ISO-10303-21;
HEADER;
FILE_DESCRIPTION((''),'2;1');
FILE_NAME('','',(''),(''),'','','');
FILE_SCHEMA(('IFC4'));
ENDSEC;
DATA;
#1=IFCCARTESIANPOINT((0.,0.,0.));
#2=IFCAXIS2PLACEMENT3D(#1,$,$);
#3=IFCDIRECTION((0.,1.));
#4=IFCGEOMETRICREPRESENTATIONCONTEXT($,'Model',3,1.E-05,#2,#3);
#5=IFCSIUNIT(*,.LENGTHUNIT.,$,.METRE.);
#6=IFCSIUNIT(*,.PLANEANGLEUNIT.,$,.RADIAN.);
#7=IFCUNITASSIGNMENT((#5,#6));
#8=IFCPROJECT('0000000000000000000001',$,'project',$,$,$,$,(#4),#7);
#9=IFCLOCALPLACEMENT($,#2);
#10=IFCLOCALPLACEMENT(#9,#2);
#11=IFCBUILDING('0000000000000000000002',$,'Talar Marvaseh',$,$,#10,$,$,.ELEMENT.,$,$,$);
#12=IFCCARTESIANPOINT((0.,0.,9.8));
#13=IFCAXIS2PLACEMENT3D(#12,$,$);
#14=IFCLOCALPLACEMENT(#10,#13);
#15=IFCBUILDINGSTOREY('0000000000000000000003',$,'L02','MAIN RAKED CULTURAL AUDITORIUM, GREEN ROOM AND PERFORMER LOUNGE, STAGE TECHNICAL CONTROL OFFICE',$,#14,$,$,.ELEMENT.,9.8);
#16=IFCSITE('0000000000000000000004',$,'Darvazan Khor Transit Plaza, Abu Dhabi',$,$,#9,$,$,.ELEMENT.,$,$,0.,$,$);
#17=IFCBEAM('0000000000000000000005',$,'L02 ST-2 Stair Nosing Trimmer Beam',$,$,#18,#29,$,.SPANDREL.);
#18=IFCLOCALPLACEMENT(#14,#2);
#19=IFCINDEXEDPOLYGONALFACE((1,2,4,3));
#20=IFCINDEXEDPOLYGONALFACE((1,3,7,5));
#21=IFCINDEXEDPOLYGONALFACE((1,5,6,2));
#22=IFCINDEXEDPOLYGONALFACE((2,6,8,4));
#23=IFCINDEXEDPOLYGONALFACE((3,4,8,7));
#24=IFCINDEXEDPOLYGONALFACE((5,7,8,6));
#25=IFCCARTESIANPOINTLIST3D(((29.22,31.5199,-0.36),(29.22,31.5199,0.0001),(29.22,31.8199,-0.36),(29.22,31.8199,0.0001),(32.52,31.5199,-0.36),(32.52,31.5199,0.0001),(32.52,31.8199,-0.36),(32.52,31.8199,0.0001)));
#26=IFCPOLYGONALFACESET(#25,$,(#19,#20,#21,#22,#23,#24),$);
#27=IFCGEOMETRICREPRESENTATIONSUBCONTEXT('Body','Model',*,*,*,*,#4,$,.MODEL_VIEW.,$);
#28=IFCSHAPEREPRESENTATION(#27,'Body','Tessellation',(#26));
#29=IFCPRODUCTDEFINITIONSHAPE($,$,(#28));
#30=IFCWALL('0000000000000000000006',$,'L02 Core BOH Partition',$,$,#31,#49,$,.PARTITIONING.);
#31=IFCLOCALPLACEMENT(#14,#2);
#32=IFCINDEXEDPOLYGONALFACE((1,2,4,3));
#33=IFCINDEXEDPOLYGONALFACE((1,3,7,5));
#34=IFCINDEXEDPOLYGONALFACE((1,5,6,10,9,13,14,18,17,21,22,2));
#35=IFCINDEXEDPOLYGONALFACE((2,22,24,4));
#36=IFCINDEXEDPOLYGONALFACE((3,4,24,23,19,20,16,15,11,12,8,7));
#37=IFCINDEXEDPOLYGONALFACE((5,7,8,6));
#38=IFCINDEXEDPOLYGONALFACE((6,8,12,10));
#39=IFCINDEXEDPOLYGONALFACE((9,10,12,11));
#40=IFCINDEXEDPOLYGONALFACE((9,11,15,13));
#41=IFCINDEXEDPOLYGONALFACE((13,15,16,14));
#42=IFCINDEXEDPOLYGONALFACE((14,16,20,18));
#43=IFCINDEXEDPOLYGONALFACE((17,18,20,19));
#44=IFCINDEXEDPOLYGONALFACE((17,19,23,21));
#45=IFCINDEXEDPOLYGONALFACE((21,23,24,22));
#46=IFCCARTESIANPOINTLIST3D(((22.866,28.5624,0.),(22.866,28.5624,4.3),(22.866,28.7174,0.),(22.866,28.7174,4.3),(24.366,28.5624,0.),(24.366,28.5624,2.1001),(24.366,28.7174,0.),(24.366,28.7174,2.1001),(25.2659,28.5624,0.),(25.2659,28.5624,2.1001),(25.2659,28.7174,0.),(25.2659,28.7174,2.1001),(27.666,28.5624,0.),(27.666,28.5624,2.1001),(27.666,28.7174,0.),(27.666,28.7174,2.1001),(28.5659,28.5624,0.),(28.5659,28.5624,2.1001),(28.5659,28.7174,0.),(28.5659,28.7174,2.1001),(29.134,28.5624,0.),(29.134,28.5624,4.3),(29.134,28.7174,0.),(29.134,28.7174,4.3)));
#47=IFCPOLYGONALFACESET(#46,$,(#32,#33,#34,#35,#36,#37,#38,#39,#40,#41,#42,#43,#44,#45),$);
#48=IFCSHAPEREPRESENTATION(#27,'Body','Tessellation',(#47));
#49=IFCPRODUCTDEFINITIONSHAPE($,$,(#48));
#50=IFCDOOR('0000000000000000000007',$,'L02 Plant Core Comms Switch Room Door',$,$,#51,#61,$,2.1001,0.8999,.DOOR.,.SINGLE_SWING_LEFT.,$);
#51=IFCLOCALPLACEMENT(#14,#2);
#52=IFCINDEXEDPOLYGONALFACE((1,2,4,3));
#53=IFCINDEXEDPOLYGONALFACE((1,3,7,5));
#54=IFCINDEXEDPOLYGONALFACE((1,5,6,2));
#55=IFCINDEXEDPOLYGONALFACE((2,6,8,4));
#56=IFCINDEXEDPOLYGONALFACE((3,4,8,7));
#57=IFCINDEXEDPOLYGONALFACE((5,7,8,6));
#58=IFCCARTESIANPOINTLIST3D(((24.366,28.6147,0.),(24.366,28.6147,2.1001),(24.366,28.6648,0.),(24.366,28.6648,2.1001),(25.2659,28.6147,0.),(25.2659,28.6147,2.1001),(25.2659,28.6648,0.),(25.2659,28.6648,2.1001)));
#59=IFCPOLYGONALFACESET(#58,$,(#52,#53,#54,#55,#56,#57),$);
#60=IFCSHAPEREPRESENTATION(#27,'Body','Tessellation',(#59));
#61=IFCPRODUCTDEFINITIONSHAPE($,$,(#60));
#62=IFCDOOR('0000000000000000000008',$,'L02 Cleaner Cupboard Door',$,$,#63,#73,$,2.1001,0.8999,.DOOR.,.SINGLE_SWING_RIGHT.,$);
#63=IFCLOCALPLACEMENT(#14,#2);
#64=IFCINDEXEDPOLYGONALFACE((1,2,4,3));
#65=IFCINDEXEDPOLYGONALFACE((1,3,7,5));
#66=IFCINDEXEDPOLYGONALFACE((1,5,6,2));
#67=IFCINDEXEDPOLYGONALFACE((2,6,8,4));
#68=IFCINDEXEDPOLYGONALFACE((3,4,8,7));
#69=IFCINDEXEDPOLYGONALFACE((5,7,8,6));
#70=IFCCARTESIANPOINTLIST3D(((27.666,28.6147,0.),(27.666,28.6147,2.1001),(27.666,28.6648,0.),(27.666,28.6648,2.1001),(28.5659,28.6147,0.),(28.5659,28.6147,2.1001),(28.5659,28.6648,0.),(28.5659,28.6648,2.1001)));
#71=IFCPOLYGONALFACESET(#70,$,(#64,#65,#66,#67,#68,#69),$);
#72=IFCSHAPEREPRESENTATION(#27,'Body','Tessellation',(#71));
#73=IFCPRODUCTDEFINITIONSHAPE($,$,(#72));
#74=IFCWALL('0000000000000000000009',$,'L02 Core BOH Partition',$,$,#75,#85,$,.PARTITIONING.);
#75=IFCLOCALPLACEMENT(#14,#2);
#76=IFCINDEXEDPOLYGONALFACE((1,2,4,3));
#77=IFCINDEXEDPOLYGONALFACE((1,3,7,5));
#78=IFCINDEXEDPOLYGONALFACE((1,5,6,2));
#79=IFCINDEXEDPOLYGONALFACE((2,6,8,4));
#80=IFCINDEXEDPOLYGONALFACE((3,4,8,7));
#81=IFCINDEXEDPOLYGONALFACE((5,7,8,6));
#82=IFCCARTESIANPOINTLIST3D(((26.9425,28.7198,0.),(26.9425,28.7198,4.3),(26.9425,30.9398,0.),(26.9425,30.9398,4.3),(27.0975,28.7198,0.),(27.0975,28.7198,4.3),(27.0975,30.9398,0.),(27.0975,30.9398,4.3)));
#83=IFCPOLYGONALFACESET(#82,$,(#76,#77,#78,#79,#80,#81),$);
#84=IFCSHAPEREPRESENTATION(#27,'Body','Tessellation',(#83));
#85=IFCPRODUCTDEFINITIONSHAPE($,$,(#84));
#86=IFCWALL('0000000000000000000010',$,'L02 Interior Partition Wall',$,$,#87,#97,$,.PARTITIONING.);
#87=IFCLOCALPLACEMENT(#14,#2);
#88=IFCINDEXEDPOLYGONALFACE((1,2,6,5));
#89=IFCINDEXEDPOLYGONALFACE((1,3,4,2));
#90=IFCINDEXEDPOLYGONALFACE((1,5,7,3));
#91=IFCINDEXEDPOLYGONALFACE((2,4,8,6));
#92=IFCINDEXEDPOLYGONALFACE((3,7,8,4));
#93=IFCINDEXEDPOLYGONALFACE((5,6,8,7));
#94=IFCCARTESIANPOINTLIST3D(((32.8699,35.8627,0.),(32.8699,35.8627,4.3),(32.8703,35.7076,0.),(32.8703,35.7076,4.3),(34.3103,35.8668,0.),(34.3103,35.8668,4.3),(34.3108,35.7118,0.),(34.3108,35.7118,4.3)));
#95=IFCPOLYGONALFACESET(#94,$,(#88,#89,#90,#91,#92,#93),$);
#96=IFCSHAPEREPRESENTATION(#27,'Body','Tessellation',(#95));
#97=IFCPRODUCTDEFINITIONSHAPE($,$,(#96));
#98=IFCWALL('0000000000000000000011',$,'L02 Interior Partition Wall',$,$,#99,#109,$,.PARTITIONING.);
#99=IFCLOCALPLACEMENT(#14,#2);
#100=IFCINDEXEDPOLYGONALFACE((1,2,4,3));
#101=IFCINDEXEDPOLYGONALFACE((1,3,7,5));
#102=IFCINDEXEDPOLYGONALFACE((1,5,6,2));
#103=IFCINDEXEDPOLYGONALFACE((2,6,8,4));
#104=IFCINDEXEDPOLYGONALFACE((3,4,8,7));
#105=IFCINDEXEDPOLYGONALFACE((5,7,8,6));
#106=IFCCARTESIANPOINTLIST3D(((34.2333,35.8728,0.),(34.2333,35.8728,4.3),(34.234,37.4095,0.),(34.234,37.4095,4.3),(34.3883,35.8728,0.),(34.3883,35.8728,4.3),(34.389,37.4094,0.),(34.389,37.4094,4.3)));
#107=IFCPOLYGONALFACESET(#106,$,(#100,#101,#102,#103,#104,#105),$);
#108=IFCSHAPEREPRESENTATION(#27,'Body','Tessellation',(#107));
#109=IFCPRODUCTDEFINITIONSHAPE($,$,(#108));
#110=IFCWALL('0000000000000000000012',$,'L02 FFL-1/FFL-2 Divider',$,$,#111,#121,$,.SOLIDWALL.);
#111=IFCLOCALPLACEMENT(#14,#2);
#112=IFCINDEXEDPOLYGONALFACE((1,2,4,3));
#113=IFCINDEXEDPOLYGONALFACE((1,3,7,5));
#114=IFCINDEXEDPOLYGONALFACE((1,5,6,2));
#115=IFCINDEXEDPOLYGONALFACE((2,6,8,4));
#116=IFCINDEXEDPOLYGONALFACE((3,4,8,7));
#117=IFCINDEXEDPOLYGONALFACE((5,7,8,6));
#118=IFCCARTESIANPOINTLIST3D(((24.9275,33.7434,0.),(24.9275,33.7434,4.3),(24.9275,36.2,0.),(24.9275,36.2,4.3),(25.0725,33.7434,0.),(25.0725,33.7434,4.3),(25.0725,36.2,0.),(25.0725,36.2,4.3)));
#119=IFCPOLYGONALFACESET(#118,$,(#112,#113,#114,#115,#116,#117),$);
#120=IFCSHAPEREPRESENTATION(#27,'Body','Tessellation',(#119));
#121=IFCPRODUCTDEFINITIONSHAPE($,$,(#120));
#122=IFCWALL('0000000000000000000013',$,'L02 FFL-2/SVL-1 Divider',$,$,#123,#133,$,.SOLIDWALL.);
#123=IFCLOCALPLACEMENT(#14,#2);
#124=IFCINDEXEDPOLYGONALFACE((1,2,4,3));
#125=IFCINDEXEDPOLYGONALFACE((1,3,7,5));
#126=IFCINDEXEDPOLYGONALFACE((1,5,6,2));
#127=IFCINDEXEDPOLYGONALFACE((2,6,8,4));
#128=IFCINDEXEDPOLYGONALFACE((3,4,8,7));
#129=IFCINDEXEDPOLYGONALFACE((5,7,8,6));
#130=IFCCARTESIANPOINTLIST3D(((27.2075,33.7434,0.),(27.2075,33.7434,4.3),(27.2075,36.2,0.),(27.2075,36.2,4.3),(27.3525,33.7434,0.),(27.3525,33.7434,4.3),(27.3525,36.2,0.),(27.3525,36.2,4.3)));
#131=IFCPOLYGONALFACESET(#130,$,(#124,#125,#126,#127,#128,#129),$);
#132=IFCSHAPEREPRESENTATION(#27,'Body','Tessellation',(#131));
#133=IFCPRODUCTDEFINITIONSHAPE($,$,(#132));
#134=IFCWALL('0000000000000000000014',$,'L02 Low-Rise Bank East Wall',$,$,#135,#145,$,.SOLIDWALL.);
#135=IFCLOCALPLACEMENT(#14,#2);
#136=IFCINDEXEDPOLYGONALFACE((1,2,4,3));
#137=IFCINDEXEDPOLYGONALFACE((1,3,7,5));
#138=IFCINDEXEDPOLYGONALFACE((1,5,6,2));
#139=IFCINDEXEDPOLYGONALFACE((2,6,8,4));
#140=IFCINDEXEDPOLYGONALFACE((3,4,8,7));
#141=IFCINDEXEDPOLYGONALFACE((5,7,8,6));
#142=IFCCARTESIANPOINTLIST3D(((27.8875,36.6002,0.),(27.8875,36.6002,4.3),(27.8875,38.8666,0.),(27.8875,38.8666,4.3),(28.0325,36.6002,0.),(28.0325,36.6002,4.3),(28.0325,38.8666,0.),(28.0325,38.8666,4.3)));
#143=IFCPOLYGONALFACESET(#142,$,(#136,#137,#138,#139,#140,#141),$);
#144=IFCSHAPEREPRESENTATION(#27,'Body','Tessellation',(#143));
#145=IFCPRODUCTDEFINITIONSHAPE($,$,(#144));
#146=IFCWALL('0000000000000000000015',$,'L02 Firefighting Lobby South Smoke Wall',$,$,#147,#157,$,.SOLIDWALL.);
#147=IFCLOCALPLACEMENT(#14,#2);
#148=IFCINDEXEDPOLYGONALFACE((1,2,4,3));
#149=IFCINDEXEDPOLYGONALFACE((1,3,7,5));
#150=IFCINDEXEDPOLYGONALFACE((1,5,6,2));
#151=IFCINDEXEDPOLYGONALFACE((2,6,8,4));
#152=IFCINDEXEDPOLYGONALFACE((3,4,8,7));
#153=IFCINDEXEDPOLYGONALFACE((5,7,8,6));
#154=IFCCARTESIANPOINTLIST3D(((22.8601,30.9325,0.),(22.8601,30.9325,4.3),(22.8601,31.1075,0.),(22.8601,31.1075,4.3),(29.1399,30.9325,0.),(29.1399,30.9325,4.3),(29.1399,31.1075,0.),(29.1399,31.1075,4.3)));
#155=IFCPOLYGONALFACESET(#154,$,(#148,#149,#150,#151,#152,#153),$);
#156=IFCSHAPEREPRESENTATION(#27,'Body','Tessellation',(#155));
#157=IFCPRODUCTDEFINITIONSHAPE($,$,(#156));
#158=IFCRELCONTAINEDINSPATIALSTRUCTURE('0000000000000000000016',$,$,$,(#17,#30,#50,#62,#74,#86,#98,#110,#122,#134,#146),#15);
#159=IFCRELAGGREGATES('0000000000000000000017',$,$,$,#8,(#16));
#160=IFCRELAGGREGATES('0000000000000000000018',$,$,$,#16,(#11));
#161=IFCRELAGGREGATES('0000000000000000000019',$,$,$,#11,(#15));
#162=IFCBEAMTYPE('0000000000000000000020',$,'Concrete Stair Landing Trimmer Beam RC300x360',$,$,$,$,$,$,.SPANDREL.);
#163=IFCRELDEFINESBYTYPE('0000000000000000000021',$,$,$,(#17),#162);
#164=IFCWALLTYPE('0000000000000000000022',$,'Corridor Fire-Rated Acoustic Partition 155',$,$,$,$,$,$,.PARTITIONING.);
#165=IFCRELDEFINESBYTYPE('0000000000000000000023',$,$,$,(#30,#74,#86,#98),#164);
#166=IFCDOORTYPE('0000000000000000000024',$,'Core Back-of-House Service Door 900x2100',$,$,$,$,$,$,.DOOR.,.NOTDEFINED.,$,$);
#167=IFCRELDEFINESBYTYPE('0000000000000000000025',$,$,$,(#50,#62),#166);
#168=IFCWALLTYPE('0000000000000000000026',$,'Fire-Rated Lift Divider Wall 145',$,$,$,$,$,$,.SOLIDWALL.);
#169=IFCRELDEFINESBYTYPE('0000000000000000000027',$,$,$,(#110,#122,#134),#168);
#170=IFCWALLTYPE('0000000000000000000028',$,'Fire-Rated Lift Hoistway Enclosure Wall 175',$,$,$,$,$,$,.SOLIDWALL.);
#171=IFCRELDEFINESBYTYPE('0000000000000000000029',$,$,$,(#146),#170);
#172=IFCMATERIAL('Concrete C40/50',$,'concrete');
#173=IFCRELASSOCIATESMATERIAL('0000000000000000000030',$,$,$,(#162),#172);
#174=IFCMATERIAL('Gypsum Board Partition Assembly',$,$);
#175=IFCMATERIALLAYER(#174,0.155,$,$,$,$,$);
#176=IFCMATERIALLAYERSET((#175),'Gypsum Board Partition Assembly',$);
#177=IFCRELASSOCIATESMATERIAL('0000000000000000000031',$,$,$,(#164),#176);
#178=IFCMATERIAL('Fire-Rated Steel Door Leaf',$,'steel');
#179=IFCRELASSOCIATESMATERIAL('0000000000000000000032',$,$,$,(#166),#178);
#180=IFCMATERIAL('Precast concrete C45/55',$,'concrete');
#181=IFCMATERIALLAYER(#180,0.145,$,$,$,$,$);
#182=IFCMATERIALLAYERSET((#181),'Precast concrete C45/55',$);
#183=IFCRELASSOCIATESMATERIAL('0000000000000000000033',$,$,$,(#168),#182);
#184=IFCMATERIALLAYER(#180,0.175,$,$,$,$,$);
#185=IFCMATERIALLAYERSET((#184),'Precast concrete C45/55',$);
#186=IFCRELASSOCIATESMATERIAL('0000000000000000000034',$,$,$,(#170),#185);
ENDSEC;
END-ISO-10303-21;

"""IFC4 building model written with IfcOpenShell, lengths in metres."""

from ifc_helpers import new_model, si_unit, direction, frame, frame_2d, origin, origin_2d, place, context, subcontext, project, spatial, rectangle, extrude, source, transform, mapped, material, layer, layer_set, material_profile, profile_set, type_object, type_shapes, element, fill, save


model = new_model("IFC4")

# Units and contexts
model_context = context("Model", 3, precision=1e-05, world=origin(), true_north=direction((0.0, 1.0)))
body_context = subcontext(model_context, "Body", "Model", "MODEL_VIEW")
ifc_project = project(units=[si_unit("LENGTHUNIT", "METRE"), si_unit("PLANEANGLEUNIT", "RADIAN")], contexts=[model_context])

# Site, building, storey
site_placement = place(None, origin())
site = spatial("IfcSite", under=ifc_project, at=site_placement, Name="Darvazan Khor Transit Plaza, Abu Dhabi", CompositionType="ELEMENT", RefElevation=0.0)
building_placement = place(site_placement, origin())
building = spatial("IfcBuilding", under=site, at=building_placement, Name="Talar Marvaseh", CompositionType="ELEMENT")
storey_placement = place(building_placement, frame((0.0, 0.0, 9.8)))
storey = spatial("IfcBuildingStorey", under=building, at=storey_placement, Name="L02", Description="MAIN RAKED CULTURAL AUDITORIUM, GREEN ROOM AND PERFORMER LOUNGE, STAGE TECHNICAL CONTROL OFFICE", CompositionType="ELEMENT", Elevation=9.8)

# Beam
ifc_material_1 = material(Name="Concrete C40/50", Category="concrete")
ifc_material_profile = material_profile(ifc_material_1, rectangle(XDim=0.3, YDim=0.3601, at=origin_2d()), Name="RC300x360")
ifc_profile_set = profile_set([ifc_material_profile], Name="Concrete C40/50")
beam_type = type_object("IfcBeamType", Name="Concrete Stair Landing Trimmer Beam RC300x360", PredefinedType="SPANDREL", material=ifc_profile_set)
beam_placement = place(storey_placement, frame((29.22, 31.6699, -0.1799), z_axis=(1.0, 0.0, 0.0), x_axis=(0.0, 1.0, 0.0)))
element("IfcBeam", 1, at=beam_placement, inside=storey, type_object=beam_type, Name="L02 ST-2 Stair Nosing Trimmer Beam", PredefinedType="SPANDREL", context=body_context, shape_type="SweptSolid", body=[
    extrude(rectangle(XDim=0.3, YDim=0.3601, at=origin_2d()), origin(), (0.0, 0.0, 1.0), 3.3),
])

# Wall, openings, doors
ifc_material_2 = material(Name="Gypsum Board Partition Assembly")
ifc_layer_1 = layer(ifc_material_2, 0.155)
ifc_layer_set_1 = layer_set([ifc_layer_1], Name="Gypsum Board Partition Assembly")
wall_type_1 = type_object("IfcWallType", Name="Corridor Fire-Rated Acoustic Partition 155", PredefinedType="PARTITIONING", material=ifc_layer_set_1)
wall_1_placement = place(storey_placement, frame((22.866, 28.6399, 0.0), z_axis=(0.0, 0.0, 1.0), x_axis=(1.0, 0.0, 0.0)))
wall_1 = element("IfcWall", 2, at=wall_1_placement, inside=storey, type_object=wall_type_1, Name="L02 Core BOH Partition", PredefinedType="PARTITIONING", context=body_context, shape_type="SweptSolid", body=[
    extrude(rectangle(XDim=6.2681, YDim=0.155, at=frame_2d((3.134, 0.0))), origin(), (0.0, 0.0, 1.0), 4.3),
])
opening_1_placement = place(wall_1_placement, frame((1.5, 0.0, 0.0)))
opening_1 = element("IfcOpeningElement", 3, at=opening_1_placement, cuts=wall_1, PredefinedType="OPENING", context=body_context, shape_type="SweptSolid", body=[
    extrude(rectangle(XDim=0.8999, YDim=2.1001, at=frame_2d((0.45, 1.05))), frame((0.0, 0.0874, 0.0), z_axis=(0.0, -1.0, 0.0), x_axis=(1.0, 0.0, 0.0)), (0.0, 0.0, 1.0), 0.175),
])
opening_2_placement = place(wall_1_placement, frame((4.8, 0.0, 0.0)))
opening_2 = element("IfcOpeningElement", 4, at=opening_2_placement, cuts=wall_1, PredefinedType="OPENING", context=body_context, shape_type="SweptSolid", body=[
    extrude(rectangle(XDim=0.8999, YDim=2.1001, at=frame_2d((0.45, 1.05))), frame((0.0, 0.0874, 0.0), z_axis=(0.0, -1.0, 0.0), x_axis=(1.0, 0.0, 0.0)), (0.0, 0.0, 1.0), 0.175),
])
ifc_material_3 = material(Name="Fire-Rated Steel Door Leaf", Category="steel")
door_type_1 = type_object("IfcDoorType", Name="Core Back-of-House Service Door 900x2100", OperationType="NOTDEFINED", PredefinedType="DOOR", material=ifc_material_3)
shared_shape_1 = source(origin(), body_context, "Body", "SweptSolid", [
    extrude(rectangle(XDim=0.8999, YDim=2.1001, at=frame_2d((0.45, 1.05))), frame((0.0, 0.0249, 0.0), z_axis=(0.0, -1.0, 0.0), x_axis=(1.0, 0.0, 0.0)), (0.0, 0.0, 1.0), 0.05),
])
type_shapes(door_type_1, [shared_shape_1])
door_1_placement = place(opening_1_placement, origin())
door_1 = element("IfcDoor", 5, at=door_1_placement, inside=storey, type_object=door_type_1, Name="L02 Plant Core Comms Switch Room Door", OperationType="SINGLE_SWING_LEFT", OverallHeight=2.1001, OverallWidth=0.8999, PredefinedType="DOOR", context=body_context, shape_type="MappedRepresentation", body=[
    mapped(shared_shape_1, transform((0.0, 0.0, 0.0), x_axis=(1.0, 0.0, 0.0), y_axis=(0.0, 1.0, 0.0), z_axis=(0.0, 0.0, 1.0), scale=1.0)),
])
fill(opening_1, door_1)
door_2_placement = place(opening_2_placement, origin())
door_2 = element("IfcDoor", 6, at=door_2_placement, inside=storey, type_object=door_type_1, Name="L02 Cleaner Cupboard Door", OperationType="SINGLE_SWING_RIGHT", OverallHeight=2.1001, OverallWidth=0.8999, PredefinedType="DOOR", context=body_context, shape_type="MappedRepresentation", body=[
    mapped(shared_shape_1, transform((0.0, 0.0, 0.0), x_axis=(1.0, 0.0, 0.0), y_axis=(0.0, 1.0, 0.0), z_axis=(0.0, 0.0, 1.0), scale=1.0)),
])
fill(opening_2, door_2)

# Walls
wall_2_placement = place(storey_placement, frame((27.02, 28.72, 0.0), z_axis=(0.0, 0.0, 1.0), x_axis=(0.0, 1.0, 0.0)))
element("IfcWall", 7, at=wall_2_placement, inside=storey, type_object=wall_type_1, Name="L02 Core BOH Partition", PredefinedType="PARTITIONING", context=body_context, shape_type="SweptSolid", body=[
    extrude(rectangle(XDim=2.22, YDim=0.155, at=frame_2d((1.1099, 0.0))), origin(), (0.0, 0.0, 1.0), 4.3),
])
wall_3_placement = place(storey_placement, frame((32.8701, 35.7852, 0.0), z_axis=(0.0, 0.0, 1.0), x_axis=(0.999996, 0.002881, 0.0)))
element("IfcWall", 8, at=wall_3_placement, inside=storey, type_object=wall_type_1, Name="L02 Interior Partition Wall", PredefinedType="PARTITIONING", context=body_context, shape_type="SweptSolid", body=[
    extrude(rectangle(XDim=1.4404, YDim=0.155, at=frame_2d((0.7202, 0.0))), origin(), (0.0, 0.0, 1.0), 4.3),
])
wall_4_placement = place(storey_placement, frame((34.3108, 35.8728, 0.0), z_axis=(0.0, 0.0, 1.0), x_axis=(0.000477, 1.0, 0.0)))
element("IfcWall", 9, at=wall_4_placement, inside=storey, type_object=wall_type_1, Name="L02 Interior Partition Wall", PredefinedType="PARTITIONING", context=body_context, shape_type="SweptSolid", body=[
    extrude(rectangle(XDim=1.5366, YDim=0.155, at=frame_2d((0.7683, 0.0))), origin(), (0.0, 0.0, 1.0), 4.3),
])
ifc_material_4 = material(Name="Precast concrete C45/55", Category="concrete")
ifc_layer_2 = layer(ifc_material_4, 0.145)
ifc_layer_set_2 = layer_set([ifc_layer_2], Name="Precast concrete C45/55")
wall_type_2 = type_object("IfcWallType", Name="Fire-Rated Lift Divider Wall 145", PredefinedType="SOLIDWALL", material=ifc_layer_set_2)
for number, where, z_axis, x_axis, name in (
    (10, (25.0, 33.7434, 0.0), (0.0, 0.0, 1.0), (0.0, 1.0, 0.0), "L02 FFL-1/FFL-2 Divider"),
    (11, (27.28, 33.7434, 0.0), (0.0, 0.0, 1.0), (0.0, 1.0, 0.0), "L02 FFL-2/SVL-1 Divider"),
):
    element("IfcWall", number, at=place(storey_placement, frame(where, z_axis=z_axis, x_axis=x_axis)), inside=storey, type_object=wall_type_2, Name=name, PredefinedType="SOLIDWALL", context=body_context, shape_type="SweptSolid", body=[
        extrude(rectangle(XDim=2.4565, YDim=0.145, at=frame_2d((1.2283, 0.0))), origin(), (0.0, 0.0, 1.0), 4.3),
    ])
wall_5_placement = place(storey_placement, frame((27.96, 36.6001, 0.0), z_axis=(0.0, 0.0, 1.0), x_axis=(0.0, 1.0, 0.0)))
element("IfcWall", 12, at=wall_5_placement, inside=storey, type_object=wall_type_2, Name="L02 Low-Rise Bank East Wall", PredefinedType="SOLIDWALL", context=body_context, shape_type="SweptSolid", body=[
    extrude(rectangle(XDim=2.2664, YDim=0.145, at=frame_2d((1.1333, 0.0))), origin(), (0.0, 0.0, 1.0), 4.3),
])

# Shared definitions
ifc_layer_3 = layer(ifc_material_4, 0.175)
ifc_layer_set_3 = layer_set([ifc_layer_3], Name="Precast concrete C45/55")
wall_type_3 = type_object("IfcWallType", Name="Fire-Rated Lift Hoistway Enclosure Wall 175", PredefinedType="SOLIDWALL", material=ifc_layer_set_3)

# Wall
wall_6_placement = place(storey_placement, frame((22.8601, 31.02, 0.0), z_axis=(0.0, 0.0, 1.0), x_axis=(1.0, 0.0, 0.0)))
element("IfcWall", 13, at=wall_6_placement, inside=storey, type_object=wall_type_3, Name="L02 Firefighting Lobby South Smoke Wall", PredefinedType="SOLIDWALL", context=body_context, shape_type="SweptSolid", body=[
    extrude(rectangle(XDim=6.2798, YDim=0.175, at=frame_2d((3.1399, 0.0))), origin(), (0.0, 0.0, 1.0), 4.3),
])

save(model, "model.ifc")
